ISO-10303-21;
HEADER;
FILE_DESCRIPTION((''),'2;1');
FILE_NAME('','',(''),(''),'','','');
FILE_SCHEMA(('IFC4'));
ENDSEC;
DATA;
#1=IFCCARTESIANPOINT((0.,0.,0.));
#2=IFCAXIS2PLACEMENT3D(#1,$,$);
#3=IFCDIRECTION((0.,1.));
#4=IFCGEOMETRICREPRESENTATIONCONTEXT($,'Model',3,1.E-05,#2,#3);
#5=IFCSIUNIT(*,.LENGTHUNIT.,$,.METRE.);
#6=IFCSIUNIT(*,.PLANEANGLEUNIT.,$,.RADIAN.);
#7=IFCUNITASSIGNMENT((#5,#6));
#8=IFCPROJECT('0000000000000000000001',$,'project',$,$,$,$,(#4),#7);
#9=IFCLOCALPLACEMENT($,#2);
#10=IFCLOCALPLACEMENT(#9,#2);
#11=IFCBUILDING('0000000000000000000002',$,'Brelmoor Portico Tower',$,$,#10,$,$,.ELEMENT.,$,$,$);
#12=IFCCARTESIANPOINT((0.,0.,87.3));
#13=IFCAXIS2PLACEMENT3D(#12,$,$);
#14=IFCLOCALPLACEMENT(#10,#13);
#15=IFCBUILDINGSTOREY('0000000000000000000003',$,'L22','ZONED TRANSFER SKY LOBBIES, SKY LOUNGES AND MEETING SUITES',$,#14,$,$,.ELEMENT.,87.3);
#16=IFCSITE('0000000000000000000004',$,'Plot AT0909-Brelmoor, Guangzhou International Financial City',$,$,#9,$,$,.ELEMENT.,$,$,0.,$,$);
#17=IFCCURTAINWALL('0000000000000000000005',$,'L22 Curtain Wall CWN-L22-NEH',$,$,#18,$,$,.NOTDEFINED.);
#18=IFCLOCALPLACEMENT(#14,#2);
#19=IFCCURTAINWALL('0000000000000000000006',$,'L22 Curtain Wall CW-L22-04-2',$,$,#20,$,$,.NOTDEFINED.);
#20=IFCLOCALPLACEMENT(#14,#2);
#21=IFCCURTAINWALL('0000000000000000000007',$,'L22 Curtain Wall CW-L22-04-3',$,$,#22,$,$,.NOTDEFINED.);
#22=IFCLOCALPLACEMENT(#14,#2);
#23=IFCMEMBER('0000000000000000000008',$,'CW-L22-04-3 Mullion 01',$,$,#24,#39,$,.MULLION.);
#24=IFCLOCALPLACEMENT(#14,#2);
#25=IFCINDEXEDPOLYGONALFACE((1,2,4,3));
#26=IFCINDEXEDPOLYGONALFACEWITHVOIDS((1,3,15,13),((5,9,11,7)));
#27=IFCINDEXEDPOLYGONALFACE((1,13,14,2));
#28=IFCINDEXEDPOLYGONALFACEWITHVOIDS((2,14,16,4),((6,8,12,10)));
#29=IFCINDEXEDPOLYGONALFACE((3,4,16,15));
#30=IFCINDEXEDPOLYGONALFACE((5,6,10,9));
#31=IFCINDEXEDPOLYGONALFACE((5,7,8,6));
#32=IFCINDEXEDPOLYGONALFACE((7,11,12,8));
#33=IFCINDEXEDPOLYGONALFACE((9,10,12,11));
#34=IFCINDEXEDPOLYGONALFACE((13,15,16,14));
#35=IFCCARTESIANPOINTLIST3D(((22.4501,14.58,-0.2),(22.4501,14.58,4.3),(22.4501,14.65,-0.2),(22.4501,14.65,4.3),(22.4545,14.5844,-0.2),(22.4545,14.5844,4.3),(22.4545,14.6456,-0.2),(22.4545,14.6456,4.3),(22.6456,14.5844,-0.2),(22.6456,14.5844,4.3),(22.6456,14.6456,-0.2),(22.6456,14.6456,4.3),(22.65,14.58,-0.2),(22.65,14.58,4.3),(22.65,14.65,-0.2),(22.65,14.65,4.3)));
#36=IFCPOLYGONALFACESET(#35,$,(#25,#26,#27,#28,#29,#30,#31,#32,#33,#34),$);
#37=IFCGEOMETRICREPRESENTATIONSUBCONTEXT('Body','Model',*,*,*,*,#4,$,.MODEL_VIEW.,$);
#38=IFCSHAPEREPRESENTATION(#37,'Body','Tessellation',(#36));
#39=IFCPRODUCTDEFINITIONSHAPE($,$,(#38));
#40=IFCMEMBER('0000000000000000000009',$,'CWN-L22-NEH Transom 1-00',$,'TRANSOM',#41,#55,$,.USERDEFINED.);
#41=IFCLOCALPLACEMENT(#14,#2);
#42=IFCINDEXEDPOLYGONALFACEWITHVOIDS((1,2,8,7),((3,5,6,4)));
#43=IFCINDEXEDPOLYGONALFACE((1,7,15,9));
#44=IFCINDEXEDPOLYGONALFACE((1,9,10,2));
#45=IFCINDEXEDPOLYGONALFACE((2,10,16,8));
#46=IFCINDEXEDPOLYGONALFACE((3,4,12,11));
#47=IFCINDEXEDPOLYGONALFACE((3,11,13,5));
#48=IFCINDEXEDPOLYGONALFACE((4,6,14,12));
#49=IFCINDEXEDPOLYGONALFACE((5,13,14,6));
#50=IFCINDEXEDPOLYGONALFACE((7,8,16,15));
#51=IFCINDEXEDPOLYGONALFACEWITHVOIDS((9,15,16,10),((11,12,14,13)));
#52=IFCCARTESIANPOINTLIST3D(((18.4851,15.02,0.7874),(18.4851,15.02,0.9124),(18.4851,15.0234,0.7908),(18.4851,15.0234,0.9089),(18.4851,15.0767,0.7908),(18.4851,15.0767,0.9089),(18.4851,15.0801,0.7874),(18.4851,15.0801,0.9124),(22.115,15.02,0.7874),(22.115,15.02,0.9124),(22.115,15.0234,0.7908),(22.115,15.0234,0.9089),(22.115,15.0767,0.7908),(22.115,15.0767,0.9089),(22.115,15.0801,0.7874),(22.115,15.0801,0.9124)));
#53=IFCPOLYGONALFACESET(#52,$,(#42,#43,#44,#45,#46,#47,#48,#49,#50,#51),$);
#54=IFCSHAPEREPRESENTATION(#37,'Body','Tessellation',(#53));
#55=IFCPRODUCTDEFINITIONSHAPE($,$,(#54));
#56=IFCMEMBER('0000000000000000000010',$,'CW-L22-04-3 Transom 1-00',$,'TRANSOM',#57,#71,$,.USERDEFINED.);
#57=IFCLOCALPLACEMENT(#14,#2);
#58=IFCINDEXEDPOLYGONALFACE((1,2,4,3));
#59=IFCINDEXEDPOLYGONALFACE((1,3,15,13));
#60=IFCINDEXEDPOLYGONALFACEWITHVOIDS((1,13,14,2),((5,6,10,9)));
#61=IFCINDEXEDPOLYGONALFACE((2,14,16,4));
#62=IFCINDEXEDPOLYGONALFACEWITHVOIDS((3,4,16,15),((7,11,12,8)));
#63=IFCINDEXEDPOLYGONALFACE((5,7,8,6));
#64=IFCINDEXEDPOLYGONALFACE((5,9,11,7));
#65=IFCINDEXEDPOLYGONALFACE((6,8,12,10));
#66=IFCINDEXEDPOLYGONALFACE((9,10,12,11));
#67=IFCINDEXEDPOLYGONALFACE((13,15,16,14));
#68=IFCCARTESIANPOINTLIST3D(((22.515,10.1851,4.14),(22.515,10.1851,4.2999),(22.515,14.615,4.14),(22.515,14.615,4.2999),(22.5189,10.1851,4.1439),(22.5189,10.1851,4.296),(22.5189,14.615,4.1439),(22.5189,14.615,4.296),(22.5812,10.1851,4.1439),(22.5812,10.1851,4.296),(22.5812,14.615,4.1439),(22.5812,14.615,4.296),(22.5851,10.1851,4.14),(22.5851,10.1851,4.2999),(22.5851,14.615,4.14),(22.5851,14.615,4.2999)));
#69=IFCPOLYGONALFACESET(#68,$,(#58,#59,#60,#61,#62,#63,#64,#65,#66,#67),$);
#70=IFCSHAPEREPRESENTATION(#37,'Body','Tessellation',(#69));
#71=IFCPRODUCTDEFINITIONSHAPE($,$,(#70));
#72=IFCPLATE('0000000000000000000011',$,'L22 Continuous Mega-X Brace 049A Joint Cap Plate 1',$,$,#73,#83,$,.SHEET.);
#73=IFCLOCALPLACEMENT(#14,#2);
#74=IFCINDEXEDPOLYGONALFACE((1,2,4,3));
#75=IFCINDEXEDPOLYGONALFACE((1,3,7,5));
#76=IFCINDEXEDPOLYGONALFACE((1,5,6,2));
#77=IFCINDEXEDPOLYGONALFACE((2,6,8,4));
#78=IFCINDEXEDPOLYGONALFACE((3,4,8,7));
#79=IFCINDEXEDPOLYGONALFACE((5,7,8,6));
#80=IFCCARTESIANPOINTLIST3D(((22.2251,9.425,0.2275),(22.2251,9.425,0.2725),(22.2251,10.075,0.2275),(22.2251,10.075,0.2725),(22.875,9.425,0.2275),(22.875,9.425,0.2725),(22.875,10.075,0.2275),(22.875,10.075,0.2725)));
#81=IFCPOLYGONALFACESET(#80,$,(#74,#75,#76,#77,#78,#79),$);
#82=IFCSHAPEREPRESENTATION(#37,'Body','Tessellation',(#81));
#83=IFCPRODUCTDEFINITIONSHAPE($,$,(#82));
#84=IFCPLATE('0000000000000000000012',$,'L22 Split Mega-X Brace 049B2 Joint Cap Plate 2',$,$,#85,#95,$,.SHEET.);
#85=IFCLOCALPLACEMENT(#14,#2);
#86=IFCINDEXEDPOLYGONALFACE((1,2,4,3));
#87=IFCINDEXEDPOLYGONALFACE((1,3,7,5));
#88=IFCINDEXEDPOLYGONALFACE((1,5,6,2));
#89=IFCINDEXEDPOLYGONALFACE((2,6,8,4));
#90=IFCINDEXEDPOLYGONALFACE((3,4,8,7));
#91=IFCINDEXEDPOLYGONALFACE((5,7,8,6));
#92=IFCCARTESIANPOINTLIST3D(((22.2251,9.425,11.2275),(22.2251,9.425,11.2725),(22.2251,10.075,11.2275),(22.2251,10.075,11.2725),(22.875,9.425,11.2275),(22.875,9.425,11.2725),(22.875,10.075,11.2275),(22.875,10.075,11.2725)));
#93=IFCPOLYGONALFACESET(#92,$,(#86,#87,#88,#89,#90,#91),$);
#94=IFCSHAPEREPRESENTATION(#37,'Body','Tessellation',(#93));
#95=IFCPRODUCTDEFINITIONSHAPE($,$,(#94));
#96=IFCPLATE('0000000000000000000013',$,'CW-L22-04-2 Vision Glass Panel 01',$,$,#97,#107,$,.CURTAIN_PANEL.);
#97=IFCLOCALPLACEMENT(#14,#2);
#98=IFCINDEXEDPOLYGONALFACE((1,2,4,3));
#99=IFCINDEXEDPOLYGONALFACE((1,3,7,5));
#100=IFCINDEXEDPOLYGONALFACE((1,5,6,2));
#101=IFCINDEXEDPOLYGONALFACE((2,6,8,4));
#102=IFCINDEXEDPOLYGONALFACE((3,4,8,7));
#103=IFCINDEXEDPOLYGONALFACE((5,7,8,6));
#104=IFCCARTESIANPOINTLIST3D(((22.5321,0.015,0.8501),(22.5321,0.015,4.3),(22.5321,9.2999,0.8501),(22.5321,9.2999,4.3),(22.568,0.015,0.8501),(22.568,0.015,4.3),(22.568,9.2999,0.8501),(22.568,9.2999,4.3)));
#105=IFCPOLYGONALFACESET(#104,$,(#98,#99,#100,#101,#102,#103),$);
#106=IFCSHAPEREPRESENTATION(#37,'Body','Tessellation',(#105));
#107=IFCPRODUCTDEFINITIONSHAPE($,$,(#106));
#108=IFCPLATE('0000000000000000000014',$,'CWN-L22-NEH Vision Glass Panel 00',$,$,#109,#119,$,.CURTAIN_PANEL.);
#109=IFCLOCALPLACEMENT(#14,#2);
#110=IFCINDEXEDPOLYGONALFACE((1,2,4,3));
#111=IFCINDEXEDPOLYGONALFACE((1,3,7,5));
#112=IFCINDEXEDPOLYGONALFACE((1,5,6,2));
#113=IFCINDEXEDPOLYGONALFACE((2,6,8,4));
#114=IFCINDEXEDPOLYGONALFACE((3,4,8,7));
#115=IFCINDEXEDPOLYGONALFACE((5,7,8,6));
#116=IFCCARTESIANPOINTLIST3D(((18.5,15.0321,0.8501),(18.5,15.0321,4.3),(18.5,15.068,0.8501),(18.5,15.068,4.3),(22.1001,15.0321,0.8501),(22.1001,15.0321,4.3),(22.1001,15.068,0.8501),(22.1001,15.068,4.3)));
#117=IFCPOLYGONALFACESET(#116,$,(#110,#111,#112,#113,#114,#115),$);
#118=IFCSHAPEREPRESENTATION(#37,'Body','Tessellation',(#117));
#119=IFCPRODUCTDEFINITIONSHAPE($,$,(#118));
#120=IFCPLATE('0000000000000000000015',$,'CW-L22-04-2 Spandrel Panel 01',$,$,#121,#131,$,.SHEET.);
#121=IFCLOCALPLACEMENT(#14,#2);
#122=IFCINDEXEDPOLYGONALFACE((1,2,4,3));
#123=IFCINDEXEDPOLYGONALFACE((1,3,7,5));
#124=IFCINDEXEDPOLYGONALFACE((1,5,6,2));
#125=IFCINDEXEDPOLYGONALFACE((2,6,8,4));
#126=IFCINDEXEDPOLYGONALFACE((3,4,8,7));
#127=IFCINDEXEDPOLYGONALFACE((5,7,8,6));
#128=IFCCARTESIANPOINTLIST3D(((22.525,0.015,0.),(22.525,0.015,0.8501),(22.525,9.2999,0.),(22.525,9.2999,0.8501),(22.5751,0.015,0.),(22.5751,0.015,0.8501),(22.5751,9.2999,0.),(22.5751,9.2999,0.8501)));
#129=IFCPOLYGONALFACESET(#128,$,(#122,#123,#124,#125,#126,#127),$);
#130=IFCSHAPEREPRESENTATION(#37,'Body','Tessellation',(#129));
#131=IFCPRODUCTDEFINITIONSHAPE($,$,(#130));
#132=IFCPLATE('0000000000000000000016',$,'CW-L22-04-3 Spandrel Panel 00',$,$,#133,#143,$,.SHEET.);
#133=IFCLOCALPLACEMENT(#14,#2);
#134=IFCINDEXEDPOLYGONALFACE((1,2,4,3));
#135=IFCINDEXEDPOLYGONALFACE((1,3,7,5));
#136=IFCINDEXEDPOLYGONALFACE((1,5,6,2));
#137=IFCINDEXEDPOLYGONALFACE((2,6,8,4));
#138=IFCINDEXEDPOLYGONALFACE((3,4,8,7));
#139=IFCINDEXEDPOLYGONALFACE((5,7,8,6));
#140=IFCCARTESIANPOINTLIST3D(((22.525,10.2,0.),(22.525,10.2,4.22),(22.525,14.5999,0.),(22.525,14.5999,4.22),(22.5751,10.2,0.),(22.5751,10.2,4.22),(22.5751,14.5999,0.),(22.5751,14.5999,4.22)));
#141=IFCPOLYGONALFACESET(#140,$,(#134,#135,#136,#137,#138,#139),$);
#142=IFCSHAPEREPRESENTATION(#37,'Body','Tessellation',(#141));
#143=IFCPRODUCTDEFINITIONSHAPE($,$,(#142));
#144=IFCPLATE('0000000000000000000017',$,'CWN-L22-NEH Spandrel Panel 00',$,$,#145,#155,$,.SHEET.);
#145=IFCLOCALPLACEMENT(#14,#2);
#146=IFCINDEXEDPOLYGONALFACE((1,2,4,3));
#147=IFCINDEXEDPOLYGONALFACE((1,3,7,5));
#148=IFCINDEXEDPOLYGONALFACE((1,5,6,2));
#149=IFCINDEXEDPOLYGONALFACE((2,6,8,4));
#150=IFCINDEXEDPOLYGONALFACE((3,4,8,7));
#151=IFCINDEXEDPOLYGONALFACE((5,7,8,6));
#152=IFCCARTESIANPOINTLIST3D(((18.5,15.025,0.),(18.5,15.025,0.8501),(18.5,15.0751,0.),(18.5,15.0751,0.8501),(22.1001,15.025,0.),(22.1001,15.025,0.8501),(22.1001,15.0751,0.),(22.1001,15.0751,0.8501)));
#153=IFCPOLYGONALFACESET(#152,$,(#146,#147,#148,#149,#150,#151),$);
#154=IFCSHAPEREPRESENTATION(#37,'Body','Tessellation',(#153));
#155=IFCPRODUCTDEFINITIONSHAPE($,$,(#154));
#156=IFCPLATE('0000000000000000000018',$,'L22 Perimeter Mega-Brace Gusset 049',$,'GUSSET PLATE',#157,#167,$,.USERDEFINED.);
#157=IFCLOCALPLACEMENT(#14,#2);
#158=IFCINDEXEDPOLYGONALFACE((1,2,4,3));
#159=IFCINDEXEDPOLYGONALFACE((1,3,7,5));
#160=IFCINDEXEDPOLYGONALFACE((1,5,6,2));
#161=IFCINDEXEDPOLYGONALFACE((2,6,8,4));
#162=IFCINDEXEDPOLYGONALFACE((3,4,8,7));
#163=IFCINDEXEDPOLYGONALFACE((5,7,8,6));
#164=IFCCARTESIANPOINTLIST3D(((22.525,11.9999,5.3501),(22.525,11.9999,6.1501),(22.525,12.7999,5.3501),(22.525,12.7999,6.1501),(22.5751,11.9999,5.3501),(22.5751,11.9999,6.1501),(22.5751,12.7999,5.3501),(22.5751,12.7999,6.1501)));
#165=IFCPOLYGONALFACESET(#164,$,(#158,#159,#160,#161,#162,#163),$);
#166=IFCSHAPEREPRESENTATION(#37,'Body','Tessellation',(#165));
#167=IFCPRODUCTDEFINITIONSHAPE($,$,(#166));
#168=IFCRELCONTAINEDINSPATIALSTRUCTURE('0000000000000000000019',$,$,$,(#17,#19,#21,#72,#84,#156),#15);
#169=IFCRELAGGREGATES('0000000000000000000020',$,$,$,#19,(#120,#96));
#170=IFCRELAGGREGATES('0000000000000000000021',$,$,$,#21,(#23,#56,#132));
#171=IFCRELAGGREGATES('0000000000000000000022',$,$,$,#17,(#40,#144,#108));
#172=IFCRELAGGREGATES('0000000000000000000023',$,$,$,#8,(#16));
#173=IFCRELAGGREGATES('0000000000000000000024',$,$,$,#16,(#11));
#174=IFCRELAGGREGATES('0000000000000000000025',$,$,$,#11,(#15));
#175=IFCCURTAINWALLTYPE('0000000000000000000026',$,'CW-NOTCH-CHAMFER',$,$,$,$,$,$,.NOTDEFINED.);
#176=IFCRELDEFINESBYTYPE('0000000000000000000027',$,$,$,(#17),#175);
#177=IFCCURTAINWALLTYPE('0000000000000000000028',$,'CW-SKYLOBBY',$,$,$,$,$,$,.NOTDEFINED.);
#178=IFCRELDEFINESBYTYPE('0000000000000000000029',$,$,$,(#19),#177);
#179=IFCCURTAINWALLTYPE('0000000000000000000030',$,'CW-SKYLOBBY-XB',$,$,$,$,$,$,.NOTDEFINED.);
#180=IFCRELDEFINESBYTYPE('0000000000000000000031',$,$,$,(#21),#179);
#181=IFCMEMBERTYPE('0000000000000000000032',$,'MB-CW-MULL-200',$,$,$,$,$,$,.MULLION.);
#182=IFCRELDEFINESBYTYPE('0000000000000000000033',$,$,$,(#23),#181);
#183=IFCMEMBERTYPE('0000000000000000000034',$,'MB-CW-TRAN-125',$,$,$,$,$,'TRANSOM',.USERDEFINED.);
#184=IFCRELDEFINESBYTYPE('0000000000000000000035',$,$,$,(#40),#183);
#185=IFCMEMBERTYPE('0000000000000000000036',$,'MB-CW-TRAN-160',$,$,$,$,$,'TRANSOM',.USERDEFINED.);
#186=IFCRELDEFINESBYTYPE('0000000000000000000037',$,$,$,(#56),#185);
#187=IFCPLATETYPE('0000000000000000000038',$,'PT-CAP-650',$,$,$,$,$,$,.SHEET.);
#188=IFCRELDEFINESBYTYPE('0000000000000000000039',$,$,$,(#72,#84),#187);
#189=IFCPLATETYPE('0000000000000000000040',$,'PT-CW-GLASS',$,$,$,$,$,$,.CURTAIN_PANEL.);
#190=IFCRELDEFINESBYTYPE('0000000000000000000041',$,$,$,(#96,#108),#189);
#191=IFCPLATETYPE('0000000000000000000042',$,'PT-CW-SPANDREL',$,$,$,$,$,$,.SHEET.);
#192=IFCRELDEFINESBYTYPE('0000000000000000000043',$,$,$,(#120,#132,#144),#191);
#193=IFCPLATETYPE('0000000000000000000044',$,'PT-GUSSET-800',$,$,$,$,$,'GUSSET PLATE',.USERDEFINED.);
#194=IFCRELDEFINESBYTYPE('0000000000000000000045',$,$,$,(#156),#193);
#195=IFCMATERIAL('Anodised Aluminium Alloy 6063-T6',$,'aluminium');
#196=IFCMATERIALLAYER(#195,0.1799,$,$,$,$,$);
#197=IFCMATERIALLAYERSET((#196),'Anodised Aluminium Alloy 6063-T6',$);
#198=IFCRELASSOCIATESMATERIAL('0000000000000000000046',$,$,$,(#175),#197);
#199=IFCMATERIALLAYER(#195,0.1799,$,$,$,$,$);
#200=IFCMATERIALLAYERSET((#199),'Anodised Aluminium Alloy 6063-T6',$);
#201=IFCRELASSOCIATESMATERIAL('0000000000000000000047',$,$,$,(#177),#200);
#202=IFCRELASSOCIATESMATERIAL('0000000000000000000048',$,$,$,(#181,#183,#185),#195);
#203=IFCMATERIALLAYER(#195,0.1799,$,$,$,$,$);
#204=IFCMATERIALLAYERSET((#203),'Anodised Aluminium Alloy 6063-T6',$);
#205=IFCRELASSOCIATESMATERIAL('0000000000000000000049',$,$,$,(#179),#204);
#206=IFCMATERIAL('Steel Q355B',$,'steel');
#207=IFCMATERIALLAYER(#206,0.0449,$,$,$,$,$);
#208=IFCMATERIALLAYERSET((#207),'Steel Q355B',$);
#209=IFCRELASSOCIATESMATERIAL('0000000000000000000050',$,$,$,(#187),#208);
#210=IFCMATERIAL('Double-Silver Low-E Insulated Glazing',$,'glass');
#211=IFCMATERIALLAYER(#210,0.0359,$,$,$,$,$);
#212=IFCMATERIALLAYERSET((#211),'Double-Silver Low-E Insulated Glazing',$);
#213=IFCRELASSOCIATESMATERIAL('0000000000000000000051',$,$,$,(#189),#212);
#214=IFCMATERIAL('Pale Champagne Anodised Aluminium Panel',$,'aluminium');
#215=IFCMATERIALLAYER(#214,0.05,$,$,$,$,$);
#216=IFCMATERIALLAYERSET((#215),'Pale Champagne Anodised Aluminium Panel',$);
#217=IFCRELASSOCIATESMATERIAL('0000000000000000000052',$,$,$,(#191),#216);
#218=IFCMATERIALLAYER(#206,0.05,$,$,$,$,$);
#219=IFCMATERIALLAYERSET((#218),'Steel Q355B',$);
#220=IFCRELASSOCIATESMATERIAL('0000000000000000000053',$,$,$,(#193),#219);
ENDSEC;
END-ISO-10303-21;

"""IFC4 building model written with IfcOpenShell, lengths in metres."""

from ifc_helpers import new_model, si_unit, direction, frame, origin, origin_2d, place, context, subcontext, project, spatial, rectangle, hollow_rectangle, extrude, material, layer, layer_set, material_profile, profile_set, type_object, element, aggregate, save


model = new_model("IFC4")

# Units and contexts
model_context = context("Model", 3, precision=1e-05, world=origin(), true_north=direction((0.0, 1.0)))
body_context = subcontext(model_context, "Body", "Model", "MODEL_VIEW")
ifc_project = project(units=[si_unit("LENGTHUNIT", "METRE"), si_unit("PLANEANGLEUNIT", "RADIAN")], contexts=[model_context])

# Site, building, storey
site_placement = place(None, origin())
site = spatial("IfcSite", under=ifc_project, at=site_placement, Name="Plot AT0909-Brelmoor, Guangzhou International Financial City", CompositionType="ELEMENT", RefElevation=0.0)
building_placement = place(site_placement, origin())
building = spatial("IfcBuilding", under=site, at=building_placement, Name="Brelmoor Portico Tower", CompositionType="ELEMENT")
storey_placement = place(building_placement, frame((0.0, 0.0, 87.3)))
storey = spatial("IfcBuildingStorey", under=building, at=storey_placement, Name="L22", Description="ZONED TRANSFER SKY LOBBIES, SKY LOUNGES AND MEETING SUITES", CompositionType="ELEMENT", Elevation=87.3)

# Shared definitions
ifc_material_1 = material(Name="Steel Q355B", Category="steel")

# Curtain wall
ifc_material_2 = material(Name="Anodised Aluminium Alloy 6063-T6", Category="aluminium")
ifc_layer_1 = layer(ifc_material_2, 0.1799)
ifc_layer_set_1 = layer_set([ifc_layer_1], Name="Anodised Aluminium Alloy 6063-T6")
curtain_wall_type_1 = type_object("IfcCurtainWallType", Name="CW-NOTCH-CHAMFER", PredefinedType="NOTDEFINED", material=ifc_layer_set_1)
curtain_wall_1_placement = place(storey_placement, origin())
curtain_wall_1 = element("IfcCurtainWall", 1, at=curtain_wall_1_placement, inside=storey, type_object=curtain_wall_type_1, Name="L22 Curtain Wall CWN-L22-NEH", PredefinedType="NOTDEFINED")

# Curtain wall
ifc_layer_2 = layer(ifc_material_2, 0.1799)
ifc_layer_set_2 = layer_set([ifc_layer_2], Name="Anodised Aluminium Alloy 6063-T6")
curtain_wall_type_2 = type_object("IfcCurtainWallType", Name="CW-SKYLOBBY", PredefinedType="NOTDEFINED", material=ifc_layer_set_2)
curtain_wall_2_placement = place(storey_placement, origin())
curtain_wall_2 = element("IfcCurtainWall", 2, at=curtain_wall_2_placement, inside=storey, type_object=curtain_wall_type_2, Name="L22 Curtain Wall CW-L22-04-2", PredefinedType="NOTDEFINED")
ifc_material_profile_1 = material_profile(ifc_material_2, hollow_rectangle(XDim=0.0701, YDim=0.2, WallThickness=0.0044, at=origin_2d()), Name="ALU MULLION 70x200")
ifc_profile_set_1 = profile_set([ifc_material_profile_1], Name="Anodised Aluminium Alloy 6063-T6")
member_type_1 = type_object("IfcMemberType", Name="MB-CW-MULL-200", PredefinedType="MULLION", material=ifc_profile_set_1)

# Curtain wall, member
ifc_layer_3 = layer(ifc_material_2, 0.1799)
ifc_layer_set_3 = layer_set([ifc_layer_3], Name="Anodised Aluminium Alloy 6063-T6")
curtain_wall_type_3 = type_object("IfcCurtainWallType", Name="CW-SKYLOBBY-XB", PredefinedType="NOTDEFINED", material=ifc_layer_set_3)
curtain_wall_3_placement = place(storey_placement, origin())
curtain_wall_3 = element("IfcCurtainWall", 3, at=curtain_wall_3_placement, inside=storey, type_object=curtain_wall_type_3, Name="L22 Curtain Wall CW-L22-04-3", PredefinedType="NOTDEFINED")
member_1_placement = place(storey_placement, frame((22.55, 14.615, -0.2), z_axis=(0.0, 0.0, 1.0), x_axis=(0.0, 1.0, 0.0)))
member_1 = element("IfcMember", 4, at=member_1_placement, type_object=member_type_1, Name="CW-L22-04-3 Mullion 01", PredefinedType="MULLION", context=body_context, shape_type="SweptSolid", body=[
    extrude(hollow_rectangle(XDim=0.0701, YDim=0.2, WallThickness=0.0044, at=origin_2d()), origin(), (0.0, 0.0, 1.0), 4.5),
])

# Members
ifc_material_profile_2 = material_profile(ifc_material_2, hollow_rectangle(XDim=0.0601, YDim=0.125, WallThickness=0.0034, at=origin_2d()), Name="ALU TRANSOM 60x125")
ifc_profile_set_2 = profile_set([ifc_material_profile_2], Name="Anodised Aluminium Alloy 6063-T6")
member_type_2 = type_object("IfcMemberType", Name="MB-CW-TRAN-125", ElementType="TRANSOM", PredefinedType="USERDEFINED", material=ifc_profile_set_2)
member_2_placement = place(storey_placement, frame((18.4851, 15.05, 0.8499), z_axis=(1.0, 0.0, 0.0), x_axis=(0.0, 1.0, 0.0)))
member_2 = element("IfcMember", 5, at=member_2_placement, type_object=member_type_2, Name="CWN-L22-NEH Transom 1-00", ObjectType="TRANSOM", PredefinedType="USERDEFINED", context=body_context, shape_type="SweptSolid", body=[
    extrude(hollow_rectangle(XDim=0.0601, YDim=0.125, WallThickness=0.0034, at=origin_2d()), origin(), (0.0, 0.0, 1.0), 3.6299),
])
ifc_material_profile_3 = material_profile(ifc_material_2, hollow_rectangle(XDim=0.0701, YDim=0.1599, WallThickness=0.0039, at=origin_2d()), Name="ALU TRANSOM 70x160")
ifc_profile_set_3 = profile_set([ifc_material_profile_3], Name="Anodised Aluminium Alloy 6063-T6")
member_type_3 = type_object("IfcMemberType", Name="MB-CW-TRAN-160", ElementType="TRANSOM", PredefinedType="USERDEFINED", material=ifc_profile_set_3)
member_3_placement = place(storey_placement, frame((22.55, 10.1851, 4.22), z_axis=(0.0, 1.0, 0.0), x_axis=(-1.0, 0.0, 0.0)))
member_3 = element("IfcMember", 6, at=member_3_placement, type_object=member_type_3, Name="CW-L22-04-3 Transom 1-00", ObjectType="TRANSOM", PredefinedType="USERDEFINED", context=body_context, shape_type="SweptSolid", body=[
    extrude(hollow_rectangle(XDim=0.0701, YDim=0.1599, WallThickness=0.0039, at=origin_2d()), origin(), (0.0, 0.0, 1.0), 4.4299),
])

# Plates
ifc_layer_4 = layer(ifc_material_1, 0.0449)
ifc_layer_set_4 = layer_set([ifc_layer_4], Name="Steel Q355B")
plate_type_1 = type_object("IfcPlateType", Name="PT-CAP-650", PredefinedType="SHEET", material=ifc_layer_set_4)
for number, where, z_axis, x_axis, name in (
    (7, (22.55, 9.75, 0.2275), (0.0, 0.0, 1.0), (1.0, 0.0, 0.0), "L22 Continuous Mega-X Brace 049A Joint Cap Plate 1"),
    (8, (22.55, 9.75, 11.2275), (0.0, 0.0, 1.0), (1.0, 0.0, 0.0), "L22 Split Mega-X Brace 049B2 Joint Cap Plate 2"),
):
    element("IfcPlate", number, at=place(storey_placement, frame(where, z_axis=z_axis, x_axis=x_axis)), inside=storey, type_object=plate_type_1, Name=name, PredefinedType="SHEET", context=body_context, shape_type="SweptSolid", body=[
        extrude(rectangle(XDim=0.6499, YDim=0.6499, at=origin_2d()), origin(), (0.0, 0.0, 1.0), 0.0449),
    ])

# Plates
ifc_material_3 = material(Name="Double-Silver Low-E Insulated Glazing", Category="glass")
ifc_layer_5 = layer(ifc_material_3, 0.0359)
ifc_layer_set_5 = layer_set([ifc_layer_5], Name="Double-Silver Low-E Insulated Glazing")
plate_type_2 = type_object("IfcPlateType", Name="PT-CW-GLASS", PredefinedType="CURTAIN_PANEL", material=ifc_layer_set_5)
plate_1_placement = place(storey_placement, frame((22.55, 4.6575, 0.8501), z_axis=(0.0, 0.0, 1.0), x_axis=(0.0, 1.0, 0.0)))
plate_1 = element("IfcPlate", 9, at=plate_1_placement, type_object=plate_type_2, Name="CW-L22-04-2 Vision Glass Panel 01", PredefinedType="CURTAIN_PANEL", context=body_context, shape_type="SweptSolid", body=[
    extrude(rectangle(XDim=9.2849, YDim=0.0359, at=origin_2d()), origin(), (0.0, 0.0, 1.0), 3.45),
])
plate_2_placement = place(storey_placement, frame((20.3, 15.05, 0.8501), z_axis=(0.0, 0.0, 1.0), x_axis=(1.0, 0.0, 0.0)))
plate_2 = element("IfcPlate", 10, at=plate_2_placement, type_object=plate_type_2, Name="CWN-L22-NEH Vision Glass Panel 00", PredefinedType="CURTAIN_PANEL", context=body_context, shape_type="SweptSolid", body=[
    extrude(rectangle(XDim=3.6001, YDim=0.0359, at=origin_2d()), origin(), (0.0, 0.0, 1.0), 3.45),
])
ifc_material_4 = material(Name="Pale Champagne Anodised Aluminium Panel", Category="aluminium")
ifc_layer_6 = layer(ifc_material_4, 0.05)
ifc_layer_set_6 = layer_set([ifc_layer_6], Name="Pale Champagne Anodised Aluminium Panel")
plate_type_3 = type_object("IfcPlateType", Name="PT-CW-SPANDREL", PredefinedType="SHEET", material=ifc_layer_set_6)
plate_3_placement = place(storey_placement, frame((22.55, 4.6575, 0.0), z_axis=(0.0, 0.0, 1.0), x_axis=(0.0, 1.0, 0.0)))
plate_3 = element("IfcPlate", 11, at=plate_3_placement, type_object=plate_type_3, Name="CW-L22-04-2 Spandrel Panel 01", PredefinedType="SHEET", context=body_context, shape_type="SweptSolid", body=[
    extrude(rectangle(XDim=9.2849, YDim=0.05, at=origin_2d()), origin(), (0.0, 0.0, 1.0), 0.8501),
])
aggregate(curtain_wall_2, [plate_3, plate_1])
plate_4_placement = place(storey_placement, frame((22.55, 12.3999, 0.0), z_axis=(0.0, 0.0, 1.0), x_axis=(0.0, 1.0, 0.0)))
plate_4 = element("IfcPlate", 12, at=plate_4_placement, type_object=plate_type_3, Name="CW-L22-04-3 Spandrel Panel 00", PredefinedType="SHEET", context=body_context, shape_type="SweptSolid", body=[
    extrude(rectangle(XDim=4.3999, YDim=0.05, at=origin_2d()), origin(), (0.0, 0.0, 1.0), 4.22),
])
aggregate(curtain_wall_3, [member_1, member_3, plate_4])
plate_5_placement = place(storey_placement, frame((20.3, 15.05, 0.0), z_axis=(0.0, 0.0, 1.0), x_axis=(1.0, 0.0, 0.0)))
plate_5 = element("IfcPlate", 13, at=plate_5_placement, type_object=plate_type_3, Name="CWN-L22-NEH Spandrel Panel 00", PredefinedType="SHEET", context=body_context, shape_type="SweptSolid", body=[
    extrude(rectangle(XDim=3.6001, YDim=0.05, at=origin_2d()), origin(), (0.0, 0.0, 1.0), 0.8501),
])
aggregate(curtain_wall_1, [member_2, plate_5, plate_2])
ifc_layer_7 = layer(ifc_material_1, 0.05)
ifc_layer_set_7 = layer_set([ifc_layer_7], Name="Steel Q355B")
plate_type_4 = type_object("IfcPlateType", Name="PT-GUSSET-800", ElementType="GUSSET PLATE", PredefinedType="USERDEFINED", material=ifc_layer_set_7)
plate_6_placement = place(storey_placement, frame((22.55, 12.3999, 5.3501), z_axis=(0.0, 0.0, 1.0), x_axis=(1.0, 0.0, 0.0)))
element("IfcPlate", 14, at=plate_6_placement, inside=storey, type_object=plate_type_4, Name="L22 Perimeter Mega-Brace Gusset 049", ObjectType="GUSSET PLATE", PredefinedType="USERDEFINED", context=body_context, shape_type="SweptSolid", body=[
    extrude(rectangle(XDim=0.05, YDim=0.8, at=origin_2d()), origin(), (0.0, 0.0, 1.0), 0.8),
])

save(model, "model.ifc")
